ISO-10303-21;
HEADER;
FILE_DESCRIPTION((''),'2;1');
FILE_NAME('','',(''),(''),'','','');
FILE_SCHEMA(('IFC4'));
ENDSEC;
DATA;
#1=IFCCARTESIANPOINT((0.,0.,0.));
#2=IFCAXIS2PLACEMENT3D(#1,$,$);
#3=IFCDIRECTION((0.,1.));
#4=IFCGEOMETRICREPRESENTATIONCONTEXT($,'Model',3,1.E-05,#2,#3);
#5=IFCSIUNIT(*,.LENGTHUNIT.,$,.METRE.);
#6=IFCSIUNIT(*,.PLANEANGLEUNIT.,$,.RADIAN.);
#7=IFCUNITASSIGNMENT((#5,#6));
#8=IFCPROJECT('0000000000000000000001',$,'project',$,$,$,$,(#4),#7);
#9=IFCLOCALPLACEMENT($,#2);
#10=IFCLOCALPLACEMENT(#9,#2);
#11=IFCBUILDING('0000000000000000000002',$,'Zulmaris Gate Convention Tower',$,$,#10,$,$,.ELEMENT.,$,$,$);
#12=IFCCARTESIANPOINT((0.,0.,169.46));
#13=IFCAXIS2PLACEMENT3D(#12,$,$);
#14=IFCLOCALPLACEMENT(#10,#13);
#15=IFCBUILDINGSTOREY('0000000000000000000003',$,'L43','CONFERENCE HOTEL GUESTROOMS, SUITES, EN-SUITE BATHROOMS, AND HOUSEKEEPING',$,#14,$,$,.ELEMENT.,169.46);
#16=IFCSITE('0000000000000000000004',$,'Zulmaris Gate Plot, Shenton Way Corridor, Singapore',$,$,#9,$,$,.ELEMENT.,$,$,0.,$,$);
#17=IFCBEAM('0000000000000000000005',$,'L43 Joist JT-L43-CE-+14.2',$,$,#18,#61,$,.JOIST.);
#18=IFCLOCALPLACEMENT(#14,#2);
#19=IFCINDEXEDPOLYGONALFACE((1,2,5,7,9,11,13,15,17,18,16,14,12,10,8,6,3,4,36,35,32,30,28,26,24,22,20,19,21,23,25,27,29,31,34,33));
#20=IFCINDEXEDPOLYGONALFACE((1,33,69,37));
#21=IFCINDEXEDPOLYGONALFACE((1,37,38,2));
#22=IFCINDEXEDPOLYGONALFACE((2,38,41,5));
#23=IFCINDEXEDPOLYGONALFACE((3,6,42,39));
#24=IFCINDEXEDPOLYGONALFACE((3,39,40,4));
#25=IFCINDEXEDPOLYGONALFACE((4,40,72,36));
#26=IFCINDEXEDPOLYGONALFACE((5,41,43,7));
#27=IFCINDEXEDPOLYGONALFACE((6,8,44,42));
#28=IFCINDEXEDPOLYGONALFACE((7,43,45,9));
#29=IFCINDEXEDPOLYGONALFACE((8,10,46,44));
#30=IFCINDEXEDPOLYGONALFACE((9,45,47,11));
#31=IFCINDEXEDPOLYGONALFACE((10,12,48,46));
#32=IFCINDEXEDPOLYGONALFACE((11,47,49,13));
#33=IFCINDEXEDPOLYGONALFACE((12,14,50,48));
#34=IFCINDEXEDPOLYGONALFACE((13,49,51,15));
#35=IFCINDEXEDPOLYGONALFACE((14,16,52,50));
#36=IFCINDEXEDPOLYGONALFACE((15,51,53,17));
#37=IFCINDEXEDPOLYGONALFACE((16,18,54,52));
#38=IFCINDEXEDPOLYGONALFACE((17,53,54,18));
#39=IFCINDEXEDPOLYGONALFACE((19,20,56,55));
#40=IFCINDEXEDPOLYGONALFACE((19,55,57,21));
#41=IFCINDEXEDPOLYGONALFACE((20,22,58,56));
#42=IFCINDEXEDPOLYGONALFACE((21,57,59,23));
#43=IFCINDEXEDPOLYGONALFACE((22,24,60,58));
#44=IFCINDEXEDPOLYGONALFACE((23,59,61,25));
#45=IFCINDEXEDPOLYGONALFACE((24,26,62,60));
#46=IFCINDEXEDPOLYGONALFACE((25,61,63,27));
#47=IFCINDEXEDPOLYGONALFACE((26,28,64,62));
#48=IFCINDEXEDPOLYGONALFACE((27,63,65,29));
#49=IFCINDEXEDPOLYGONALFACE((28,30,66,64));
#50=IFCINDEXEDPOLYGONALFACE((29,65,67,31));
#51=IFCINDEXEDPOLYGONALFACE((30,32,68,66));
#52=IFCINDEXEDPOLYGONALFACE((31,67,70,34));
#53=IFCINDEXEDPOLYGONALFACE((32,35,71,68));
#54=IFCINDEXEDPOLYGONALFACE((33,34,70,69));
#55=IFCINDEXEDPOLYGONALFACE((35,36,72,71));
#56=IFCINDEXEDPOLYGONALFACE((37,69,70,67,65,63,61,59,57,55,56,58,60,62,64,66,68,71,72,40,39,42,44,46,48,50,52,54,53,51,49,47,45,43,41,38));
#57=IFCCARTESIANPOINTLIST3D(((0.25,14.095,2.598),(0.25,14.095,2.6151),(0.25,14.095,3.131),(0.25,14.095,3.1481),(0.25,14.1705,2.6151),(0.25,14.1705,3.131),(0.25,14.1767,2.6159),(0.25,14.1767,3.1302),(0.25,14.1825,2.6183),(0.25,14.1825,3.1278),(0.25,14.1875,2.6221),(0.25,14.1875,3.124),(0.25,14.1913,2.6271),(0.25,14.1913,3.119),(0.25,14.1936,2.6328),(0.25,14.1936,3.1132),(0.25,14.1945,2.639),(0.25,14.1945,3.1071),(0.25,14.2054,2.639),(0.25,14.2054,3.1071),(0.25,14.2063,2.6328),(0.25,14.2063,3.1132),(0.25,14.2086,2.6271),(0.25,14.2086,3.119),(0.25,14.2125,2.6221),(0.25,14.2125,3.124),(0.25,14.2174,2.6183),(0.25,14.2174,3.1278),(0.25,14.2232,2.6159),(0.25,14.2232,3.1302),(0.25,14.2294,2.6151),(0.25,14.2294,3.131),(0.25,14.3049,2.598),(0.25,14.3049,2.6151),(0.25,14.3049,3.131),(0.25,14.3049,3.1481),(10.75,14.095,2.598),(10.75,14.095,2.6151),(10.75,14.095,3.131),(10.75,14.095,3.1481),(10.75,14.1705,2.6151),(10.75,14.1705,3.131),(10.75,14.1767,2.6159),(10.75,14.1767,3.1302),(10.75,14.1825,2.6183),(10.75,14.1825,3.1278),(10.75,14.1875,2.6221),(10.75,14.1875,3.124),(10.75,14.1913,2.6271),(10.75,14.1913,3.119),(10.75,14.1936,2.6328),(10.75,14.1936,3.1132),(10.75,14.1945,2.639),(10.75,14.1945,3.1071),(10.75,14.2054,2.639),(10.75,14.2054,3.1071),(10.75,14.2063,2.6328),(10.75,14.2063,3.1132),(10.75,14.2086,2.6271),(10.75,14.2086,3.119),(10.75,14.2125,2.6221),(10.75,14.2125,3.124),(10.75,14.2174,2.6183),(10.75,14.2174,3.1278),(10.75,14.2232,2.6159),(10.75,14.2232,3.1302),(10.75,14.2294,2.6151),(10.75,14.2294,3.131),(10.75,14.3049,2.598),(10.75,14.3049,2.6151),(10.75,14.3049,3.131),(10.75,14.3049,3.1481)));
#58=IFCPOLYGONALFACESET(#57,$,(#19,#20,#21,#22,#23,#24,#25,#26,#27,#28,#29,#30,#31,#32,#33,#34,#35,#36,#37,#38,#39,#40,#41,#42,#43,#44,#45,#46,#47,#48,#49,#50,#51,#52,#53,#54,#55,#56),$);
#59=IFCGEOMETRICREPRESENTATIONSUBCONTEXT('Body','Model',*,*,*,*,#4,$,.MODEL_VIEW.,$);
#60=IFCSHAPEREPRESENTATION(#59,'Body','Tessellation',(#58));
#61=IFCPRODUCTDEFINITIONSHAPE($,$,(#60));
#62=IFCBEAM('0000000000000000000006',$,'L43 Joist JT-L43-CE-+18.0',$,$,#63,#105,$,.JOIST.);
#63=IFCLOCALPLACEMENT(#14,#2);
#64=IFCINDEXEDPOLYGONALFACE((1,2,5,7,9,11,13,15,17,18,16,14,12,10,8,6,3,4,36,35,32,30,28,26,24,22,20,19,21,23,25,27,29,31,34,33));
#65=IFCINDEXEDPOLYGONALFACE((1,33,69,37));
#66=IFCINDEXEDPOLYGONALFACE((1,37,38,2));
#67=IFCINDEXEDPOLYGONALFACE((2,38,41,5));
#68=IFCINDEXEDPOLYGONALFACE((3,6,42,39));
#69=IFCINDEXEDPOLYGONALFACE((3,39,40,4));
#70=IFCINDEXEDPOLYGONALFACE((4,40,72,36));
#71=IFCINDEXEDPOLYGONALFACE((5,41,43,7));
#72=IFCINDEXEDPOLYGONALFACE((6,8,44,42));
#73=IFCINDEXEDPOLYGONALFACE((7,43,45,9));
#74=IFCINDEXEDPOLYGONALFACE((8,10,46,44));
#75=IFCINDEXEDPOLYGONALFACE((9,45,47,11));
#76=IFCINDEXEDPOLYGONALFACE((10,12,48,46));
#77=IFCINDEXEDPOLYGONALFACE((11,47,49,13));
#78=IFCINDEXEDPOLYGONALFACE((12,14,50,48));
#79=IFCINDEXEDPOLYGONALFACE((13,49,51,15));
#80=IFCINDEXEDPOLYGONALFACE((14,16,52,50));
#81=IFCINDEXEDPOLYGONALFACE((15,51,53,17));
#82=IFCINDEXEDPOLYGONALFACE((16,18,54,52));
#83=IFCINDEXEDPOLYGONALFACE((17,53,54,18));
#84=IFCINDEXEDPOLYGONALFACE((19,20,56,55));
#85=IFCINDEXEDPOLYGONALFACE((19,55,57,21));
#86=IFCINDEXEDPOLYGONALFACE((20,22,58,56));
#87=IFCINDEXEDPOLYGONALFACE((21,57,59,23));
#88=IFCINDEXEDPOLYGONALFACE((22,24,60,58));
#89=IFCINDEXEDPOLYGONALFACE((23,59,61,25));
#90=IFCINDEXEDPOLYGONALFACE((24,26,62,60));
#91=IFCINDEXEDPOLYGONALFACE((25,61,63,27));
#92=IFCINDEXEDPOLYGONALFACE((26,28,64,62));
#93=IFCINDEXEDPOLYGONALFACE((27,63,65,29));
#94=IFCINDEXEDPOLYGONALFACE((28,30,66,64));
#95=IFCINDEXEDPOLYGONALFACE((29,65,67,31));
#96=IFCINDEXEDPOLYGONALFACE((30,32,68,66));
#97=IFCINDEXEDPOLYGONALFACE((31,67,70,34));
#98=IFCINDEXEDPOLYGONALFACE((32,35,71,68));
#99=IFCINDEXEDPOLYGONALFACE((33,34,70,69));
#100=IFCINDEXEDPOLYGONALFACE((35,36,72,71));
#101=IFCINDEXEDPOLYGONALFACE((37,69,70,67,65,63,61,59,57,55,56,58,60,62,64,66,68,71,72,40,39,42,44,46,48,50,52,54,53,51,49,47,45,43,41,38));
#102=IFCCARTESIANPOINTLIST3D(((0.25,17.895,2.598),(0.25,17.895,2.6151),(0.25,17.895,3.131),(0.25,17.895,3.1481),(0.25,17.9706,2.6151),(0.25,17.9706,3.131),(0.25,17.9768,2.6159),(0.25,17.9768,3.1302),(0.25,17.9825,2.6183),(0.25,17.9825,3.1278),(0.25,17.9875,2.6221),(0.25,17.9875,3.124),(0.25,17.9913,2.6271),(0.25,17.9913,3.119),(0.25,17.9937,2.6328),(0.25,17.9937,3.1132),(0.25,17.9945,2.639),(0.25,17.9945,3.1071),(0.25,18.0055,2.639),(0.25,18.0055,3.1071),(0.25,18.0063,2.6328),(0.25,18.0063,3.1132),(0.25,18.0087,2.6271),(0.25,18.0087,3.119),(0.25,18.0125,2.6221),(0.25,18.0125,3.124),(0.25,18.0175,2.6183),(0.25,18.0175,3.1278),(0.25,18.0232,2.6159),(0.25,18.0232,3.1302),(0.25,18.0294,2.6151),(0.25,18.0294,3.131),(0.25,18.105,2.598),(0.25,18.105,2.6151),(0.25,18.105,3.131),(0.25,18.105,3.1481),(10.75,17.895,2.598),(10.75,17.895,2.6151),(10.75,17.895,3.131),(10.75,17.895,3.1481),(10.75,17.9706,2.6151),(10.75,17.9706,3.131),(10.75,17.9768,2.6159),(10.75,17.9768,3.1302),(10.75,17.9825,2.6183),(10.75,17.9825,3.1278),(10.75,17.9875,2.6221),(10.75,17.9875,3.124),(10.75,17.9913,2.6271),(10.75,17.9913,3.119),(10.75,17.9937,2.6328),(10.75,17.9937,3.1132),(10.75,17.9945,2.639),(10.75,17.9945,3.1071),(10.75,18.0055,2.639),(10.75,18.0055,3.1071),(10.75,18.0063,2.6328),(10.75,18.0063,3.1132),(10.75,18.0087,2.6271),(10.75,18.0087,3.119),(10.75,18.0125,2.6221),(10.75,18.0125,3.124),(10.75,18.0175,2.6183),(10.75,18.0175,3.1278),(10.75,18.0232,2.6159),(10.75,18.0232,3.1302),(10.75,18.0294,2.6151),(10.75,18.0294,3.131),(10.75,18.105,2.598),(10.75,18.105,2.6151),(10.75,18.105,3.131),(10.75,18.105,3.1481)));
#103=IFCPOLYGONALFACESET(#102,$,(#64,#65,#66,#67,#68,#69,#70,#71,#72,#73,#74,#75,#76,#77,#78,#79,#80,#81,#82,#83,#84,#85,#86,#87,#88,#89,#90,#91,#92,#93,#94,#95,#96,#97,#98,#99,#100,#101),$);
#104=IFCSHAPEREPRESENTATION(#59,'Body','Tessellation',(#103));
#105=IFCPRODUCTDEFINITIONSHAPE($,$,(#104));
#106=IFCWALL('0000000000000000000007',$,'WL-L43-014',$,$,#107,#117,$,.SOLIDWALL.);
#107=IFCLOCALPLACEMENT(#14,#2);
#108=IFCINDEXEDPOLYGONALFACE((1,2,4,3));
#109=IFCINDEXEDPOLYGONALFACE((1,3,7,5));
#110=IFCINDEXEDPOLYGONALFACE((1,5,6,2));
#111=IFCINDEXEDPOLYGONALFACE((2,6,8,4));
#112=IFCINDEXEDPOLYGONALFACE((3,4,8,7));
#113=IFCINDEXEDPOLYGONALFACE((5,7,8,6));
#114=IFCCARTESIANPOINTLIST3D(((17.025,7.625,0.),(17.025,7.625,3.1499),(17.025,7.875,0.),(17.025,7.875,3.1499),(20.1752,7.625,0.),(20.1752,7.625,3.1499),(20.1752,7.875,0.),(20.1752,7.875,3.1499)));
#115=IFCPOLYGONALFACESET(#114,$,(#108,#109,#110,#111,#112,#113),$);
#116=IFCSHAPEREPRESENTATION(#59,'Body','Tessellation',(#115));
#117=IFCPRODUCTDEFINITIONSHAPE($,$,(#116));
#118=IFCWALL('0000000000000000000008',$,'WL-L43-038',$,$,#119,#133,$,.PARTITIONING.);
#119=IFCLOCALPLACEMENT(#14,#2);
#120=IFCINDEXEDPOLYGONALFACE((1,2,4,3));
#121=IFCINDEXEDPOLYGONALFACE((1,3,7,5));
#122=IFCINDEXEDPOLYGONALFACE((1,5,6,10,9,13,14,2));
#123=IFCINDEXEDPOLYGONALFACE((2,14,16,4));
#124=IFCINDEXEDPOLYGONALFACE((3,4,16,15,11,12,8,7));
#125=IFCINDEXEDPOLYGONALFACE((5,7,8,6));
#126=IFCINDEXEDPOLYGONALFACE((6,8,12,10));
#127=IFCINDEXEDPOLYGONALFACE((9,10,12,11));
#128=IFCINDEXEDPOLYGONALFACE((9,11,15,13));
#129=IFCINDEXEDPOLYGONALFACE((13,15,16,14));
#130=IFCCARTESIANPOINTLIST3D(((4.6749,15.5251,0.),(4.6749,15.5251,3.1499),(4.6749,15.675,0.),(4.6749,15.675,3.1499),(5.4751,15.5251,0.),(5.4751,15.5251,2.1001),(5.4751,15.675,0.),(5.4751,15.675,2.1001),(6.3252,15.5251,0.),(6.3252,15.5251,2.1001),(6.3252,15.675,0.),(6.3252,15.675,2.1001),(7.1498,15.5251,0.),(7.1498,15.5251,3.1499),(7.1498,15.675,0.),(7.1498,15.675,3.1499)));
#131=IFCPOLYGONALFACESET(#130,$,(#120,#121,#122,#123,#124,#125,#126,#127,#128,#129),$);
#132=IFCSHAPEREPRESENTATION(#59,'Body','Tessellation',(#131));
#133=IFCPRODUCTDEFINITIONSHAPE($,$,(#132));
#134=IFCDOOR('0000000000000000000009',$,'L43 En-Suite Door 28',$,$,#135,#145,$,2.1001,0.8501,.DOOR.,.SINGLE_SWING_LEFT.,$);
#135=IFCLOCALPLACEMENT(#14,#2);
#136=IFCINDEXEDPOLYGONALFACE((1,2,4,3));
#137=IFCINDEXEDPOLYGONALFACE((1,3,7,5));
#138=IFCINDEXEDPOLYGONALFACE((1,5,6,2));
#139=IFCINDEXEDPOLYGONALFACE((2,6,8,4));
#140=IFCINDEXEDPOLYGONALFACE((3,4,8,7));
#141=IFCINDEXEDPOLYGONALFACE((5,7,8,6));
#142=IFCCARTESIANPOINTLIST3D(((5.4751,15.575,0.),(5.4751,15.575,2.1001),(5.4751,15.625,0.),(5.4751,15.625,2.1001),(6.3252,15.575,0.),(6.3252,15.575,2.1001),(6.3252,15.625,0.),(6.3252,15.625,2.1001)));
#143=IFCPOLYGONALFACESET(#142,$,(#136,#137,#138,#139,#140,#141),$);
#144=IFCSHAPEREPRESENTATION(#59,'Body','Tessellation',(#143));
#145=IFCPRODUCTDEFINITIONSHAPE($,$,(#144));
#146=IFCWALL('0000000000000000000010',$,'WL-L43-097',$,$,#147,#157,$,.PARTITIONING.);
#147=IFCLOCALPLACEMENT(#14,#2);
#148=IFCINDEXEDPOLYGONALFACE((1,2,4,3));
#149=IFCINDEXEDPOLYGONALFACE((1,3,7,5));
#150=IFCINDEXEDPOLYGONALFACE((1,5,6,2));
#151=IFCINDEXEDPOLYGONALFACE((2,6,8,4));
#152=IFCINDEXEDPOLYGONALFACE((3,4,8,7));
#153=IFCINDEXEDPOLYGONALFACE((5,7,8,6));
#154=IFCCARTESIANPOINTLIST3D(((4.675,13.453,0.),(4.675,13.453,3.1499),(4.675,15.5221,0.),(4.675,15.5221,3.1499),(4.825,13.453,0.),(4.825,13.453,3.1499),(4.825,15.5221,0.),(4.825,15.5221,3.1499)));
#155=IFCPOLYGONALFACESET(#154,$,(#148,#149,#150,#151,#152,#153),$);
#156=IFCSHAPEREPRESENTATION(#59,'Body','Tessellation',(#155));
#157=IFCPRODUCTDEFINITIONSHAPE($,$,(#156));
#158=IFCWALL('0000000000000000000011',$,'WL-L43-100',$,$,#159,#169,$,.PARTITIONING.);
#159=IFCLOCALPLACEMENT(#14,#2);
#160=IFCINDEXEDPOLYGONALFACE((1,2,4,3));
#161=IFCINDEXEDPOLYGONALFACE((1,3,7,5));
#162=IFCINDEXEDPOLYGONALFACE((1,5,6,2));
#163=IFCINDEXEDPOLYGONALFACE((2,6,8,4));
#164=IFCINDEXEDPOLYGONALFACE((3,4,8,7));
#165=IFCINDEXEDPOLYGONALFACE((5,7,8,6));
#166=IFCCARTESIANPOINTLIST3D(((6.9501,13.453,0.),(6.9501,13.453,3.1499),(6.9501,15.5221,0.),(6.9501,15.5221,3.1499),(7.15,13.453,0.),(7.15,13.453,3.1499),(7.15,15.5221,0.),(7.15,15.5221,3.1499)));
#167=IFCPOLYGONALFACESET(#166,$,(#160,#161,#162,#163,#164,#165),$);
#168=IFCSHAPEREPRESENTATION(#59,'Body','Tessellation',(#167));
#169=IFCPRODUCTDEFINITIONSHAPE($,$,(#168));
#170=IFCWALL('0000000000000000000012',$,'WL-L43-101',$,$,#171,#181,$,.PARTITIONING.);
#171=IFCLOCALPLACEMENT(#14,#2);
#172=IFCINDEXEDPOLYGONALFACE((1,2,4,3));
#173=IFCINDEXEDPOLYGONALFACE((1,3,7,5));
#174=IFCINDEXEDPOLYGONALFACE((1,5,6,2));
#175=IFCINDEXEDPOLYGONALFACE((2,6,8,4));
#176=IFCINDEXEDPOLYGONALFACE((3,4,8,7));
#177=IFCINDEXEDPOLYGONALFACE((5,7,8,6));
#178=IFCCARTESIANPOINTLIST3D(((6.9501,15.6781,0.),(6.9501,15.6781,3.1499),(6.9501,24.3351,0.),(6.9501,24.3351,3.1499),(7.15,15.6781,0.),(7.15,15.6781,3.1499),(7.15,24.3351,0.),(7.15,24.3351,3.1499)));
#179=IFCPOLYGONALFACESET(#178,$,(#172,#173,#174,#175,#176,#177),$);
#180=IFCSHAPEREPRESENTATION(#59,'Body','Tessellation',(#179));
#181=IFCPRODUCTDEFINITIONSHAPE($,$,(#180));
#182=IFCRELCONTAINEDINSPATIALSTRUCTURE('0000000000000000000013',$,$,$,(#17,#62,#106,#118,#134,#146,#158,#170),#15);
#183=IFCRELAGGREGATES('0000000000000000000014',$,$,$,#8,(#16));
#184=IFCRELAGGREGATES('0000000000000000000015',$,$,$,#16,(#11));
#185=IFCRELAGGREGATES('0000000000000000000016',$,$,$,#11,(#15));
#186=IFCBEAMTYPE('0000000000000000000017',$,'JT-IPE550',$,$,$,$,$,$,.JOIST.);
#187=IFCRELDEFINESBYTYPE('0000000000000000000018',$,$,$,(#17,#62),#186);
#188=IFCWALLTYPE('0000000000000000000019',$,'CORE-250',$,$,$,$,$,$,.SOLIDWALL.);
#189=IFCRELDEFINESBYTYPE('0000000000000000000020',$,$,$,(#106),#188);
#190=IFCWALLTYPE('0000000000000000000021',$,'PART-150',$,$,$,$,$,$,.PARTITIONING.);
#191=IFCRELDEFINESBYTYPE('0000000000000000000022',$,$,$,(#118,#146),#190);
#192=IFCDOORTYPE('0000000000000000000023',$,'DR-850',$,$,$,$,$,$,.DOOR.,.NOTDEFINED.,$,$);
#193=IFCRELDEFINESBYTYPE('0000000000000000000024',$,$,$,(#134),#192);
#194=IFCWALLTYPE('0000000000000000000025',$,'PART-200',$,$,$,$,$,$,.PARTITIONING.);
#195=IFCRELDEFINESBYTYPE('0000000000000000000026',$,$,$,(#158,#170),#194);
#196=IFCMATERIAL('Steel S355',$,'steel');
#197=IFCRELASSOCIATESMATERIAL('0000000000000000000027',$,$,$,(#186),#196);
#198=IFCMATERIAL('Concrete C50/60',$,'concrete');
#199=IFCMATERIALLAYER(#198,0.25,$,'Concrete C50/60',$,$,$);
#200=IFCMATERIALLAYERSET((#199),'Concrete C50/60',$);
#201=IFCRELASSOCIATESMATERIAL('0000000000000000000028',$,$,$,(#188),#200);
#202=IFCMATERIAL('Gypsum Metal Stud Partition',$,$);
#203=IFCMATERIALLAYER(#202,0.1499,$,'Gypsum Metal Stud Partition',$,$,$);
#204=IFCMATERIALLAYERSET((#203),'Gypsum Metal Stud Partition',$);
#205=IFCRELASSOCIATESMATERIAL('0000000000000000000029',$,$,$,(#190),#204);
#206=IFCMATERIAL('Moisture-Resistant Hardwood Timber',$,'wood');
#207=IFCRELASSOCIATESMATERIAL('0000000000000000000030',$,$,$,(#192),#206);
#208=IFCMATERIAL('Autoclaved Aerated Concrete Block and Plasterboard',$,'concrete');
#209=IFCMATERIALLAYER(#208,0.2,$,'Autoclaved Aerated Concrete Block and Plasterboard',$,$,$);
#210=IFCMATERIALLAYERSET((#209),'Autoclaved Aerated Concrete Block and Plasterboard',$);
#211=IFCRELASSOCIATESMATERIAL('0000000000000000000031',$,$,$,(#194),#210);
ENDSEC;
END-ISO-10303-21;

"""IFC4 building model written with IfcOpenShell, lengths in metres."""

from ifc_helpers import new_model, si_unit, direction, frame, frame_2d, origin, origin_2d, place, context, subcontext, project, spatial, rectangle, i_section, extrude, material, layer, layer_set, material_profile, profile_set, type_object, element, fill, save


model = new_model("IFC4")

# Units and contexts
model_context = context("Model", 3, precision=1e-05, world=origin(), true_north=direction((0.0, 1.0)))
body_context = subcontext(model_context, "Body", "Model", "MODEL_VIEW")
ifc_project = project(units=[si_unit("LENGTHUNIT", "METRE"), si_unit("PLANEANGLEUNIT", "RADIAN")], contexts=[model_context])

# Site, building, storey
site_placement = place(None, origin())
site = spatial("IfcSite", under=ifc_project, at=site_placement, Name="Zulmaris Gate Plot, Shenton Way Corridor, Singapore", CompositionType="ELEMENT", RefElevation=0.0)
building_placement = place(site_placement, origin())
building = spatial("IfcBuilding", under=site, at=building_placement, Name="Zulmaris Gate Convention Tower", CompositionType="ELEMENT")
storey_placement = place(building_placement, frame((0.0, 0.0, 169.46)))
storey = spatial("IfcBuildingStorey", under=building, at=storey_placement, Name="L43", Description="CONFERENCE HOTEL GUESTROOMS, SUITES, EN-SUITE BATHROOMS, AND HOUSEKEEPING", CompositionType="ELEMENT", Elevation=169.46)

# Beams
ifc_material_1 = material(Name="Steel S355", Category="steel")
ifc_material_2 = material(Name="Concrete C50/60", Category="concrete")
ifc_material_profile_1 = material_profile(ifc_material_1, i_section(OverallWidth=0.21, OverallDepth=0.55, WebThickness=0.011, FlangeThickness=0.0171, FilletRadius=0.0239, at=origin_2d()), Name="IPE 550")
ifc_profile_set_1 = profile_set([ifc_material_profile_1], Name="Steel S355")
beam_type_1 = type_object("IfcBeamType", Name="JT-IPE550", PredefinedType="JOIST", material=ifc_profile_set_1)
for number, where, z_axis, x_axis, name in (
    (1, (0.25, 14.2, 2.873), (1.0, 0.0, 0.0), (0.0, 1.0, 0.0), "L43 Joist JT-L43-CE-+14.2"),
    (2, (0.25, 18.0, 2.873), (1.0, 0.0, 0.0), (0.0, 1.0, 0.0), "L43 Joist JT-L43-CE-+18.0"),
):
    element("IfcBeam", number, at=place(storey_placement, frame(where, z_axis=z_axis, x_axis=x_axis)), inside=storey, type_object=beam_type_1, Name=name, PredefinedType="JOIST", context=body_context, shape_type="SweptSolid", body=[
        extrude(i_section(OverallWidth=0.21, OverallDepth=0.55, WebThickness=0.011, FlangeThickness=0.0171, FilletRadius=0.0239, at=origin_2d()), origin(), (0.0, 0.0, 1.0), 10.5),
    ])

# Wall
ifc_layer_1 = layer(ifc_material_2, 0.25, Name="Concrete C50/60")
ifc_layer_set_1 = layer_set([ifc_layer_1], Name="Concrete C50/60")
wall_type_1 = type_object("IfcWallType", Name="CORE-250", PredefinedType="SOLIDWALL", material=ifc_layer_set_1)
wall_1_placement = place(storey_placement, frame((17.0249, 7.75, 0.0), z_axis=(0.0, 0.0, 1.0), x_axis=(1.0, 0.0, 0.0)))
element("IfcWall", 3, at=wall_1_placement, inside=storey, type_object=wall_type_1, Name="WL-L43-014", PredefinedType="SOLIDWALL", context=body_context, shape_type="SweptSolid", body=[
    extrude(rectangle(XDim=3.1501, YDim=0.25, at=frame_2d((1.5752, 0.0))), origin(), (0.0, 0.0, 1.0), 3.1499),
])

# Wall, opening, door
ifc_material_3 = material(Name="Gypsum Metal Stud Partition")
ifc_layer_2 = layer(ifc_material_3, 0.1499, Name="Gypsum Metal Stud Partition")
ifc_layer_set_2 = layer_set([ifc_layer_2], Name="Gypsum Metal Stud Partition")
wall_type_2 = type_object("IfcWallType", Name="PART-150", PredefinedType="PARTITIONING", material=ifc_layer_set_2)
wall_2_placement = place(storey_placement, frame((4.675, 15.6001, 0.0), z_axis=(0.0, 0.0, 1.0), x_axis=(1.0, 0.0, 0.0)))
wall_2 = element("IfcWall", 4, at=wall_2_placement, inside=storey, type_object=wall_type_2, Name="WL-L43-038", PredefinedType="PARTITIONING", context=body_context, shape_type="SweptSolid", body=[
    extrude(rectangle(XDim=2.4749, YDim=0.1499, at=frame_2d((1.2373, 0.0))), origin(), (0.0, 0.0, 1.0), 3.1499),
])
opening_1_placement = place(wall_2_placement, frame((0.8, 0.0, 0.0)))
opening_1 = element("IfcOpeningElement", 5, at=opening_1_placement, cuts=wall_2, PredefinedType="OPENING", context=body_context, shape_type="SweptSolid", body=[
    extrude(rectangle(XDim=0.8501, YDim=2.1001, at=frame_2d((0.425, 1.05))), frame((0.0, 0.085, 0.0), z_axis=(0.0, -1.0, 0.0), x_axis=(1.0, 0.0, 0.0)), (0.0, 0.0, 1.0), 0.1699),
])
ifc_material_4 = material(Name="Moisture-Resistant Hardwood Timber", Category="wood")
door_type_1 = type_object("IfcDoorType", Name="DR-850", OperationType="NOTDEFINED", PredefinedType="DOOR", material=ifc_material_4)
door_1_placement = place(opening_1_placement, origin())
door_1 = element("IfcDoor", 6, at=door_1_placement, inside=storey, type_object=door_type_1, Name="L43 En-Suite Door 28", OperationType="SINGLE_SWING_LEFT", OverallHeight=2.1001, OverallWidth=0.8501, PredefinedType="DOOR", context=body_context, shape_type="SweptSolid", body=[
    extrude(rectangle(XDim=0.8501, YDim=2.1001, at=frame_2d((0.425, 1.05))), frame((0.0, 0.0249, 0.0), z_axis=(0.0, -1.0, 0.0), x_axis=(1.0, 0.0, 0.0)), (0.0, 0.0, 1.0), 0.05),
])
fill(opening_1, door_1)

# Walls
wall_3_placement = place(storey_placement, frame((4.75, 13.4529, 0.0), z_axis=(0.0, 0.0, 1.0), x_axis=(0.0, 1.0, 0.0)))
element("IfcWall", 7, at=wall_3_placement, inside=storey, type_object=wall_type_2, Name="WL-L43-097", PredefinedType="PARTITIONING", context=body_context, shape_type="SweptSolid", body=[
    extrude(rectangle(XDim=2.0691, YDim=0.1499, at=frame_2d((1.0347, 0.0))), origin(), (0.0, 0.0, 1.0), 3.1499),
])
ifc_material_5 = material(Name="Autoclaved Aerated Concrete Block and Plasterboard", Category="concrete")
ifc_layer_3 = layer(ifc_material_5, 0.2, Name="Autoclaved Aerated Concrete Block and Plasterboard")
ifc_layer_set_3 = layer_set([ifc_layer_3], Name="Autoclaved Aerated Concrete Block and Plasterboard")
wall_type_3 = type_object("IfcWallType", Name="PART-200", PredefinedType="PARTITIONING", material=ifc_layer_set_3)
wall_4_placement = place(storey_placement, frame((7.05, 13.4529, 0.0), z_axis=(0.0, 0.0, 1.0), x_axis=(0.0, 1.0, 0.0)))
element("IfcWall", 8, at=wall_4_placement, inside=storey, type_object=wall_type_3, Name="WL-L43-100", PredefinedType="PARTITIONING", context=body_context, shape_type="SweptSolid", body=[
    extrude(rectangle(XDim=2.0691, YDim=0.2, at=frame_2d((1.0347, 0.0))), origin(), (0.0, 0.0, 1.0), 3.1499),
])
wall_5_placement = place(storey_placement, frame((7.05, 15.678, 0.0), z_axis=(0.0, 0.0, 1.0), x_axis=(0.0, 1.0, 0.0)))
element("IfcWall", 9, at=wall_5_placement, inside=storey, type_object=wall_type_3, Name="WL-L43-101", PredefinedType="PARTITIONING", context=body_context, shape_type="SweptSolid", body=[
    extrude(rectangle(XDim=8.657, YDim=0.2, at=frame_2d((4.3286, 0.0))), origin(), (0.0, 0.0, 1.0), 3.1499),
])

save(model, "model.ifc")
